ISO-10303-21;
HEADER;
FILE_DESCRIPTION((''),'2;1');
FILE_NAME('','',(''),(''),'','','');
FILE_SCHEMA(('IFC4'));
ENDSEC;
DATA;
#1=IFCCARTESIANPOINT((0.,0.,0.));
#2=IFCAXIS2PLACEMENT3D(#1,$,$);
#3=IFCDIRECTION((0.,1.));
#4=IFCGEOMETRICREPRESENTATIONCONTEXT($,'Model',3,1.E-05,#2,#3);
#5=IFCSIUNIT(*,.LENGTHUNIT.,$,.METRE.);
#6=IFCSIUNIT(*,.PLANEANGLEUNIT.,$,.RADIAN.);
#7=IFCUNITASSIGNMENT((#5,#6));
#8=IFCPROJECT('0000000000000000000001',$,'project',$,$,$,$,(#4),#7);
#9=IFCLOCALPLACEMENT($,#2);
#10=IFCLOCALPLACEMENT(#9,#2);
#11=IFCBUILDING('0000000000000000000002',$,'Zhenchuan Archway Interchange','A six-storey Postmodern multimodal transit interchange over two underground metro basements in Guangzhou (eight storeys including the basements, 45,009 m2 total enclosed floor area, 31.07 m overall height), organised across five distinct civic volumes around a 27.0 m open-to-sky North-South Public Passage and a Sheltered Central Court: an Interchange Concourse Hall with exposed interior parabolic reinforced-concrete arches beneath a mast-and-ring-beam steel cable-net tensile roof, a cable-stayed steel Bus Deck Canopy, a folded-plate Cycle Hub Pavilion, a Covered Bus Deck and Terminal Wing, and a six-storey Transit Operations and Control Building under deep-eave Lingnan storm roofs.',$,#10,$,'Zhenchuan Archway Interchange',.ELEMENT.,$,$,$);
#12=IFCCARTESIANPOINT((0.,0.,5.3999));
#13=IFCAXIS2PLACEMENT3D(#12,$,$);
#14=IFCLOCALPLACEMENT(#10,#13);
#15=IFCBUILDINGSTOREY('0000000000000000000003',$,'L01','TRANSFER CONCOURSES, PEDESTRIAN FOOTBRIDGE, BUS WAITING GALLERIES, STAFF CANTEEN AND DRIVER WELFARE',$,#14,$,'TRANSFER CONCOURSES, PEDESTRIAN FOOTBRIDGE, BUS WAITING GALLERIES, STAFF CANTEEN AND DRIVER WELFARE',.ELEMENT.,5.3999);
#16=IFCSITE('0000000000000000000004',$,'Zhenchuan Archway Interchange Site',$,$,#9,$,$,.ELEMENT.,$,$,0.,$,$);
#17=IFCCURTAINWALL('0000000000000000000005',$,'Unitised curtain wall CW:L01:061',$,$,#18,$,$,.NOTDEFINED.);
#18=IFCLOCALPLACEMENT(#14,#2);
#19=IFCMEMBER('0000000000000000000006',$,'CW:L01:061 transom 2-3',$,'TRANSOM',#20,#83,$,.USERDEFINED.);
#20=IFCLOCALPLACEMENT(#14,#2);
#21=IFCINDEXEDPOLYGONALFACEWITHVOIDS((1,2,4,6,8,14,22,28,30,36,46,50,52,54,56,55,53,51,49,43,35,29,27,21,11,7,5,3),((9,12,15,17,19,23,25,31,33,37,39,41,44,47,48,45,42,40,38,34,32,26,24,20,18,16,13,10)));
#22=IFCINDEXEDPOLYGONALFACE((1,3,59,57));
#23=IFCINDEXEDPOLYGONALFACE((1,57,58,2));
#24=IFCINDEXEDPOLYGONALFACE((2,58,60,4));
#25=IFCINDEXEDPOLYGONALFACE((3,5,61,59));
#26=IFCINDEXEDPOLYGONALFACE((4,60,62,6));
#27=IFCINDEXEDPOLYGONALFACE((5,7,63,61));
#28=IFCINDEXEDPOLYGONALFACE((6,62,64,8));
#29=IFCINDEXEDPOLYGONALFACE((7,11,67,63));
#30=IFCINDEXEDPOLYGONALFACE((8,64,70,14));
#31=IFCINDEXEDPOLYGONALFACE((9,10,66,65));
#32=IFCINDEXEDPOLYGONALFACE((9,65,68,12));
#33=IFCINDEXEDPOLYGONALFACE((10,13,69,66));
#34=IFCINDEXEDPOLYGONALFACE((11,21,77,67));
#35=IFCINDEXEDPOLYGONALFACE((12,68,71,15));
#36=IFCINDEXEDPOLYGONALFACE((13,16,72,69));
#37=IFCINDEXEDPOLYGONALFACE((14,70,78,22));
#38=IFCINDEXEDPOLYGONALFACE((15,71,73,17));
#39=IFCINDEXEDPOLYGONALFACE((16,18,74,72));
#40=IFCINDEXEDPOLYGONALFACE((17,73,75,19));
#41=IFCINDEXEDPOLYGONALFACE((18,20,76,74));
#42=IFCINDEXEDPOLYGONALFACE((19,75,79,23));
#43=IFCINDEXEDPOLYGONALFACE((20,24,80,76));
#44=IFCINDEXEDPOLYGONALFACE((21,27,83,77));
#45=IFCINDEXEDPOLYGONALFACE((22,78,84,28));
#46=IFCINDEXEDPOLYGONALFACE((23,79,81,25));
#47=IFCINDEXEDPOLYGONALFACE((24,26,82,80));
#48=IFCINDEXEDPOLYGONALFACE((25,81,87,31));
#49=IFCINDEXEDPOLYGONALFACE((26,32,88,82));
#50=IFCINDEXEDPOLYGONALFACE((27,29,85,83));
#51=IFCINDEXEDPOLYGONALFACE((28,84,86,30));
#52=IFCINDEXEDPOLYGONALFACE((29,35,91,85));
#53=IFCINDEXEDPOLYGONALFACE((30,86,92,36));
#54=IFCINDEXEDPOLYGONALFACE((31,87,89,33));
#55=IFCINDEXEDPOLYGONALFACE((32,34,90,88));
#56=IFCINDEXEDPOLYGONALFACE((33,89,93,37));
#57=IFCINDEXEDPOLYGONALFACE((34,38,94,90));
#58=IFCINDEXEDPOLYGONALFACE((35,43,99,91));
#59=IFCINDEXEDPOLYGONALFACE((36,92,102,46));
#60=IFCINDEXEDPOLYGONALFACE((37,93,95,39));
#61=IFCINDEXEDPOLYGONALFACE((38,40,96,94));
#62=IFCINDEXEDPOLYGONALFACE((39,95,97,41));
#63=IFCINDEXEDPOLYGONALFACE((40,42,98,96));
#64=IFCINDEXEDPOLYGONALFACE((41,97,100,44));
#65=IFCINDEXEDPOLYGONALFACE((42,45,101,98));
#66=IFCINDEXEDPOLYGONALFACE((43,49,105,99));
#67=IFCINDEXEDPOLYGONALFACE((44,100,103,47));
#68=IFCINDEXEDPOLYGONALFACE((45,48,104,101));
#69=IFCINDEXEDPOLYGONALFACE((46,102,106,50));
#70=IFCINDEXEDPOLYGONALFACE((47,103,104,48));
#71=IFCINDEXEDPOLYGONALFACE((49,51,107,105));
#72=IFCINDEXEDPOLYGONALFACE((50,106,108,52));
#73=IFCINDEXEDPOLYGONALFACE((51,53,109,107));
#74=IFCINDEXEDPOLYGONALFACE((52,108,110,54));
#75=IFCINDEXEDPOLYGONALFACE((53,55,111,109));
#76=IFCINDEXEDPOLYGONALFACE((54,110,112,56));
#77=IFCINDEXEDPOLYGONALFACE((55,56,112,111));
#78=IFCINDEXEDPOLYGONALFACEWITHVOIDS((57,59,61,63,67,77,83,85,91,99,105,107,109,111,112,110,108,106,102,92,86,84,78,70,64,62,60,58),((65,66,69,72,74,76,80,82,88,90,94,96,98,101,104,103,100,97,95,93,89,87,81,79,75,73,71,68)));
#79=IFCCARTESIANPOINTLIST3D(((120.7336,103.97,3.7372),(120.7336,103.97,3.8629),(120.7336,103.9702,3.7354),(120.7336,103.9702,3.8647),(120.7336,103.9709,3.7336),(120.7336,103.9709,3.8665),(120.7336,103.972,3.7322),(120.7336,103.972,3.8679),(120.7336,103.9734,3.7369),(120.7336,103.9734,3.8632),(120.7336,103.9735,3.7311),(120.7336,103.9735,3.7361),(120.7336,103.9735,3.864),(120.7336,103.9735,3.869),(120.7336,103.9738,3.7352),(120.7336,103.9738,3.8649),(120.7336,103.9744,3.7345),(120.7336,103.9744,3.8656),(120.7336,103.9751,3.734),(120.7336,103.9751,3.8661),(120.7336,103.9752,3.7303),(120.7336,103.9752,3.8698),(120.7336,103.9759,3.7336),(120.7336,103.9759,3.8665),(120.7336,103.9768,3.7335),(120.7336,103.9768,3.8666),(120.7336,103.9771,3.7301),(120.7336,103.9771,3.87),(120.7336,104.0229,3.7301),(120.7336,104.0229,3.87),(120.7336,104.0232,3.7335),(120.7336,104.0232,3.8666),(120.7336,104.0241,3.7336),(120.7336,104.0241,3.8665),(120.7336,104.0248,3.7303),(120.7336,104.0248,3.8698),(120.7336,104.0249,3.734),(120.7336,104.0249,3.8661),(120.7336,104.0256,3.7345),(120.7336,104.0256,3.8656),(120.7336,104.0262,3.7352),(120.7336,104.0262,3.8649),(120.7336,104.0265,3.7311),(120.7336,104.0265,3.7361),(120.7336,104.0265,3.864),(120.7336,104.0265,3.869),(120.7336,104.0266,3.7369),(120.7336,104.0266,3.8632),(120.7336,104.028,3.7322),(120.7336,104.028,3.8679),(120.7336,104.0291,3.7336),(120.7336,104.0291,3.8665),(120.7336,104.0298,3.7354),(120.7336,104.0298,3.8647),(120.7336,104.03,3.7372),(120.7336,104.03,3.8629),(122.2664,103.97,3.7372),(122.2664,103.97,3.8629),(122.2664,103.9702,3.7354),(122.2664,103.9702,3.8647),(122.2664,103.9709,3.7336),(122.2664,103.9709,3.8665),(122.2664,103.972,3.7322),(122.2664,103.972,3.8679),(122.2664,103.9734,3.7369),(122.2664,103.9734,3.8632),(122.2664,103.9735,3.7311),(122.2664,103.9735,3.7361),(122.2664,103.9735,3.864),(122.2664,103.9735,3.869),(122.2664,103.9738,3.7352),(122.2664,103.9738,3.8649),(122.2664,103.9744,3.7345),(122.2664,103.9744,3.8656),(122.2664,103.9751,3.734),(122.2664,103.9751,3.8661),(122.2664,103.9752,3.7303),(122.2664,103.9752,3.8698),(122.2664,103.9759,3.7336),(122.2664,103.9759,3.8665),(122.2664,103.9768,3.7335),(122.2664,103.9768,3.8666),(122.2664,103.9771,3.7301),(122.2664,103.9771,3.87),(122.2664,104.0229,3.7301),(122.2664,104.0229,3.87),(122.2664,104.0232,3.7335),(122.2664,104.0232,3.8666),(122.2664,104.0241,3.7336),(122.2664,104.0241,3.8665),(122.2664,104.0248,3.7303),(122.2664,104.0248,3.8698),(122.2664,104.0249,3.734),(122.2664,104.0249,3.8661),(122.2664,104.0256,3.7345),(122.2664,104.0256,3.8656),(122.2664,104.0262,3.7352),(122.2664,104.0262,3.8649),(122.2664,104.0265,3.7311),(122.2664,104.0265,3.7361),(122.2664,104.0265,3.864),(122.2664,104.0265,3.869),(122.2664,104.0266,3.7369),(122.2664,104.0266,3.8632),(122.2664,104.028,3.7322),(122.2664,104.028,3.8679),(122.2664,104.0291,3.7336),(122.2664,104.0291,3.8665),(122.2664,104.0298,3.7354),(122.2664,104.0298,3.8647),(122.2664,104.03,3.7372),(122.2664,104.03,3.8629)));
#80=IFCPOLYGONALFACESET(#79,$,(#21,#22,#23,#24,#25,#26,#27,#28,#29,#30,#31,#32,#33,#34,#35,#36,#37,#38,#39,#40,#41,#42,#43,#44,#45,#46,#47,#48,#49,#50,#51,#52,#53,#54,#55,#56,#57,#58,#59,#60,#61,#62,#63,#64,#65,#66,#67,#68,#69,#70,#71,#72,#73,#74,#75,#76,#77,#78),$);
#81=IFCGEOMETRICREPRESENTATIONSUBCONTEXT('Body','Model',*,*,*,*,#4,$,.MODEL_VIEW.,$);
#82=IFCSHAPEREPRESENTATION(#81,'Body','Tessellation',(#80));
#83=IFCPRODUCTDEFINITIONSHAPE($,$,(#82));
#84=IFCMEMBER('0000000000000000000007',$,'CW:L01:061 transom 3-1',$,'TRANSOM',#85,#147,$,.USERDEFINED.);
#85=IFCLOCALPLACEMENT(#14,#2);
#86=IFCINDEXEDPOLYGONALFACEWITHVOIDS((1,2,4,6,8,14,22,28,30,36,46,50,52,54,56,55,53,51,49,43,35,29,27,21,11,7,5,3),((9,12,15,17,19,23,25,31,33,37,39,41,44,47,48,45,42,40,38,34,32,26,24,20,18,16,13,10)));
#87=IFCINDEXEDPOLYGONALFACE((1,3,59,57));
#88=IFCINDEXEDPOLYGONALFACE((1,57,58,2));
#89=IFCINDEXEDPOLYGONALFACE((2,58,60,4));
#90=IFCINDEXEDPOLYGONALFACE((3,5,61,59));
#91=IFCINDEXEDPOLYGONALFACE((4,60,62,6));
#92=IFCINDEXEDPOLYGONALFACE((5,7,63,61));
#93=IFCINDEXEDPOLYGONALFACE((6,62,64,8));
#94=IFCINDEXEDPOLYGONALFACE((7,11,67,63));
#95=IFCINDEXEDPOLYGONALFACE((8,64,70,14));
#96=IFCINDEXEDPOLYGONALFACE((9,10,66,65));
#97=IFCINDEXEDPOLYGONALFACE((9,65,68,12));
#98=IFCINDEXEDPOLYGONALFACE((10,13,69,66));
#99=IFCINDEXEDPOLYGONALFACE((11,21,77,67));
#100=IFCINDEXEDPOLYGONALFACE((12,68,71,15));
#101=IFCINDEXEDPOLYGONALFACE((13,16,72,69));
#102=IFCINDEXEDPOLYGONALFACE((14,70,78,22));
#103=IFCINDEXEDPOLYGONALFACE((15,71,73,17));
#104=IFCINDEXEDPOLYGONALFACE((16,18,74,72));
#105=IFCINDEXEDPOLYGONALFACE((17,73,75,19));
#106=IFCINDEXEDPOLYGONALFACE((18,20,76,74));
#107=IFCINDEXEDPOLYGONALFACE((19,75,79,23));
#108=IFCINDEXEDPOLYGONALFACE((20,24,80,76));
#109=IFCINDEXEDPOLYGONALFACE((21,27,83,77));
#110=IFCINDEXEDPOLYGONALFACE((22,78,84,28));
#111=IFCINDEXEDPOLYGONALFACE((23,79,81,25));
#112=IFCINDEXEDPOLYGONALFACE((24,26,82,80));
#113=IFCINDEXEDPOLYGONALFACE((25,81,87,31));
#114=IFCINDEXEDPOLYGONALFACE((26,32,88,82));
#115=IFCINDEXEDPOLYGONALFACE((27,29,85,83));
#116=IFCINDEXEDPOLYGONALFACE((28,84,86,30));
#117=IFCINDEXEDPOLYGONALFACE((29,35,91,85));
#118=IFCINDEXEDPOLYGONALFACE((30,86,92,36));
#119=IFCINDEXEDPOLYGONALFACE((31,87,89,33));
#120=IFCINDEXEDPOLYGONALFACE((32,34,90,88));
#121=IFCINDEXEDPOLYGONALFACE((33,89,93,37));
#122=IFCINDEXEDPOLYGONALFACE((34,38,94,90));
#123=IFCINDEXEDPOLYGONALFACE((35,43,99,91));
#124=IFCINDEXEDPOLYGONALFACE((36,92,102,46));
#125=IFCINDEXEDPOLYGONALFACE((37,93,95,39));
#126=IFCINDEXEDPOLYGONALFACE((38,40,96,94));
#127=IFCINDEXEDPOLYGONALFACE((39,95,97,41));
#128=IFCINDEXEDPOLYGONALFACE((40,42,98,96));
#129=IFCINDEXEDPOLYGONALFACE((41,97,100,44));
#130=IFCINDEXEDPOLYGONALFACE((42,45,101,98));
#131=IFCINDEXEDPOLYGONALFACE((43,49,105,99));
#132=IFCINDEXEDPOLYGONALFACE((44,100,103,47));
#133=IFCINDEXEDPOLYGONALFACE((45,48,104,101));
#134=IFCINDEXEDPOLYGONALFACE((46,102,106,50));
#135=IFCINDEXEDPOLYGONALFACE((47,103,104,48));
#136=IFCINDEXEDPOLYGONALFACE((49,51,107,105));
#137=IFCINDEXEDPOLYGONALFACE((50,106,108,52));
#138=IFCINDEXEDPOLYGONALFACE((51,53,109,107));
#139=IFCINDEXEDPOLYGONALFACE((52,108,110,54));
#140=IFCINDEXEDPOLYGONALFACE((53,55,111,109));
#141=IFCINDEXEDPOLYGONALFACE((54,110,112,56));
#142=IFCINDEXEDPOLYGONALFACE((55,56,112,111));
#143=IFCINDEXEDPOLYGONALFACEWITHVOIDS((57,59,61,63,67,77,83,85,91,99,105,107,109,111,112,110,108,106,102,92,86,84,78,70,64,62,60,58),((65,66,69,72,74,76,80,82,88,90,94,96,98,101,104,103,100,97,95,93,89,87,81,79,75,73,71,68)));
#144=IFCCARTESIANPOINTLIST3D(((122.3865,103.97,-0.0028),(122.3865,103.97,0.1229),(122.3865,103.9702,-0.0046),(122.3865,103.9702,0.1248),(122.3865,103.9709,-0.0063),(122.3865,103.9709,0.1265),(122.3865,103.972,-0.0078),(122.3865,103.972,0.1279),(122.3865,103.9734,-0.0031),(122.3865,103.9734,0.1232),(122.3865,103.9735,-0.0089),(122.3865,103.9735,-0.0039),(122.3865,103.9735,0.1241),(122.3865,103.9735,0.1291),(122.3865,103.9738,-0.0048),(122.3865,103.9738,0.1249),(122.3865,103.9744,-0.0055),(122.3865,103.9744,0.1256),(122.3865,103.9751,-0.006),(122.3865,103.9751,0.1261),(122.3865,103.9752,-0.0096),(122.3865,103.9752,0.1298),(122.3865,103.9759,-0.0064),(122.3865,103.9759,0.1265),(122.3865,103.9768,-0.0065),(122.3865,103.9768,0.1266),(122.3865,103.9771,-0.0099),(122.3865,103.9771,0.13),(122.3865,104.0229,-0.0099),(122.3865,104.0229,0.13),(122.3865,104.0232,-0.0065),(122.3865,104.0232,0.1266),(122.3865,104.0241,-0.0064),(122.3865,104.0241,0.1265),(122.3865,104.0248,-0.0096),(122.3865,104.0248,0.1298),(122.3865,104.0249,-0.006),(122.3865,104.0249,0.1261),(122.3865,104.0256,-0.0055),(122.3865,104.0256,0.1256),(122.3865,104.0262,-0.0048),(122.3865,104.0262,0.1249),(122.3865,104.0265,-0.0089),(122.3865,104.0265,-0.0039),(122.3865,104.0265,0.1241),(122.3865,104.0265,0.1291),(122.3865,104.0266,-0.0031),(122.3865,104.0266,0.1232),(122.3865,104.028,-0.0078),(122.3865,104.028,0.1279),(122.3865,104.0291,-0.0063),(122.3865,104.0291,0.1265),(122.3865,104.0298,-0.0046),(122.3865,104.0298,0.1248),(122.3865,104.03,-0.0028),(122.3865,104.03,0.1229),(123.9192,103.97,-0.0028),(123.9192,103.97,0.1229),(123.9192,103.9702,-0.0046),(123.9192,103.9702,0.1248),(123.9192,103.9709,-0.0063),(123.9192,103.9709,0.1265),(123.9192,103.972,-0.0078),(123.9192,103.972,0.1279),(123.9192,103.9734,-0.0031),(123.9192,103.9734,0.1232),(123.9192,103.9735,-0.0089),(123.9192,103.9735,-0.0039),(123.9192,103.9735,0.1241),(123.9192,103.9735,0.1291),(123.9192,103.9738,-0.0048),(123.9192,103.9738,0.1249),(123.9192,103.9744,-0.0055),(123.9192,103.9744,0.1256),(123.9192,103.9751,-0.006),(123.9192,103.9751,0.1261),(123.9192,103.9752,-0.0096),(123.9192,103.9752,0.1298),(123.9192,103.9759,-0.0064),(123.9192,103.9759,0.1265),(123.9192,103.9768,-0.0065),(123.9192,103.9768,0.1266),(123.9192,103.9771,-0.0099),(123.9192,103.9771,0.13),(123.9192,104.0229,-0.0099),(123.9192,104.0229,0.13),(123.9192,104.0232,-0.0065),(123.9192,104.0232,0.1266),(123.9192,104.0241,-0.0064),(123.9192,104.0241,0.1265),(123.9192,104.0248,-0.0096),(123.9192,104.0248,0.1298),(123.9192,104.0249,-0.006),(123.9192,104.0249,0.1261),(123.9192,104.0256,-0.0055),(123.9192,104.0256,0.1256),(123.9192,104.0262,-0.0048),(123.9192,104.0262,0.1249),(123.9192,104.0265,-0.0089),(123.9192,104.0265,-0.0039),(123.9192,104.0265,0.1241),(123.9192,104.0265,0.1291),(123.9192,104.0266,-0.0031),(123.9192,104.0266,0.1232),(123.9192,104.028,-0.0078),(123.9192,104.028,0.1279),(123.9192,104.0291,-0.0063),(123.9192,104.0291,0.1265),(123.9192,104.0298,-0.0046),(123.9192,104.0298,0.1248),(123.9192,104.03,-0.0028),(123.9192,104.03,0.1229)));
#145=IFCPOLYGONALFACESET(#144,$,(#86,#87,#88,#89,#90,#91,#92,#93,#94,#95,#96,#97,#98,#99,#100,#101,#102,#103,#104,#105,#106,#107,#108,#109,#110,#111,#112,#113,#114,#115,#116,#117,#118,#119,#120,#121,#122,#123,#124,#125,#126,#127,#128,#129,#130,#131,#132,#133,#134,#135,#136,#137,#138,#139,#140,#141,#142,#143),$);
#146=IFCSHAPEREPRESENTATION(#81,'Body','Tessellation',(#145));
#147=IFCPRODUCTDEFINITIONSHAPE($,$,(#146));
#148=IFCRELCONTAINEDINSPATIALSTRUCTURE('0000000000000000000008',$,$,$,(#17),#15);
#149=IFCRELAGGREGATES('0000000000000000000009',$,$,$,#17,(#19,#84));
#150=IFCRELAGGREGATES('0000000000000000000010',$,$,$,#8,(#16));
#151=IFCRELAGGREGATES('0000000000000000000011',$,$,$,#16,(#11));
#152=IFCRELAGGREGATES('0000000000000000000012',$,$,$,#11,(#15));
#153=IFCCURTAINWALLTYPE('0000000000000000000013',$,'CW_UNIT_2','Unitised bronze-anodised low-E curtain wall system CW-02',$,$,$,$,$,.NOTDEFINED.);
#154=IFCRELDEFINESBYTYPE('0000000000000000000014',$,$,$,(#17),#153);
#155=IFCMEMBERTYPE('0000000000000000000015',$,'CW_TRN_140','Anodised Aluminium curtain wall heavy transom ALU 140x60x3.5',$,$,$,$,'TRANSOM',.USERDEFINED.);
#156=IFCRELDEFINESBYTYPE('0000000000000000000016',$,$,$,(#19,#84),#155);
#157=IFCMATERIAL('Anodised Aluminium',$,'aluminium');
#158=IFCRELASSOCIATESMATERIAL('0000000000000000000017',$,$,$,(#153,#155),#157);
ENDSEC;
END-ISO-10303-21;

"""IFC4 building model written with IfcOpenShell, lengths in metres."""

from ifc_helpers import new_model, si_unit, direction, frame, origin, origin_2d, place, context, subcontext, project, spatial, hollow_rectangle, extrude, material, material_profile, profile_set, type_object, element, aggregate, save


model = new_model("IFC4")

# Units and contexts
model_context = context("Model", 3, precision=1e-05, world=origin(), true_north=direction((0.0, 1.0)))
body_context = subcontext(model_context, "Body", "Model", "MODEL_VIEW")
ifc_project = project(units=[si_unit("LENGTHUNIT", "METRE"), si_unit("PLANEANGLEUNIT", "RADIAN")], contexts=[model_context])

# Site, building, storey
site_placement = place(None, origin())
site = spatial("IfcSite", under=ifc_project, at=site_placement, Name="Zhenchuan Archway Interchange Site", CompositionType="ELEMENT", RefElevation=0.0)
building_placement = place(site_placement, origin())
building = spatial("IfcBuilding", under=site, at=building_placement, Name="Zhenchuan Archway Interchange", Description="A six-storey Postmodern multimodal transit interchange over two underground metro basements in Guangzhou (eight storeys including the basements, 45,009 m2 total enclosed floor area, 31.07 m overall height), organised across five distinct civic volumes around a 27.0 m open-to-sky North-South Public Passage and a Sheltered Central Court: an Interchange Concourse Hall with exposed interior parabolic reinforced-concrete arches beneath a mast-and-ring-beam steel cable-net tensile roof, a cable-stayed steel Bus Deck Canopy, a folded-plate Cycle Hub Pavilion, a Covered Bus Deck and Terminal Wing, and a six-storey Transit Operations and Control Building under deep-eave Lingnan storm roofs.", LongName="Zhenchuan Archway Interchange", CompositionType="ELEMENT")
storey_placement = place(building_placement, frame((0.0, 0.0, 5.3999)))
storey = spatial("IfcBuildingStorey", under=building, at=storey_placement, Name="L01", Description="TRANSFER CONCOURSES, PEDESTRIAN FOOTBRIDGE, BUS WAITING GALLERIES, STAFF CANTEEN AND DRIVER WELFARE", LongName="TRANSFER CONCOURSES, PEDESTRIAN FOOTBRIDGE, BUS WAITING GALLERIES, STAFF CANTEEN AND DRIVER WELFARE", CompositionType="ELEMENT", Elevation=5.3999)

# Curtain wall, members
ifc_material_1 = material(Name="Anodised Aluminium", Category="aluminium")
curtain_wall_type = type_object("IfcCurtainWallType", Name="CW_UNIT_2", Description="Unitised bronze-anodised low-E curtain wall system CW-02", PredefinedType="NOTDEFINED", material=ifc_material_1)
curtain_wall_placement = place(storey_placement, origin())
curtain_wall = element("IfcCurtainWall", 1, at=curtain_wall_placement, inside=storey, type_object=curtain_wall_type, Name="Unitised curtain wall CW:L01:061", PredefinedType="NOTDEFINED")
ifc_material_profile_1 = material_profile(ifc_material_1, hollow_rectangle(XDim=0.0601, YDim=0.1399, WallThickness=0.0034, InnerFilletRadius=0.0034, OuterFilletRadius=0.0071, at=origin_2d()), Name="ALU 140x60x3.5")
ifc_profile_set_1 = profile_set([ifc_material_profile_1], Name="Anodised Aluminium")
member_type_1 = type_object("IfcMemberType", Name="CW_TRN_140", Description="Anodised Aluminium curtain wall heavy transom ALU 140x60x3.5", ElementType="TRANSOM", PredefinedType="USERDEFINED", material=ifc_profile_set_1)
member_1_placement = place(storey_placement, frame((120.7336, 104.0, 3.8), z_axis=(1.0, 0.0, 0.0), x_axis=(0.0, 1.0, 0.0)))
member_1 = element("IfcMember", 2, at=member_1_placement, type_object=member_type_1, Name="CW:L01:061 transom 2-3", ObjectType="TRANSOM", PredefinedType="USERDEFINED", context=body_context, shape_type="SweptSolid", body=[
    extrude(hollow_rectangle(XDim=0.0601, YDim=0.1399, WallThickness=0.0034, InnerFilletRadius=0.0034, OuterFilletRadius=0.0071, at=origin_2d()), origin(), (0.0, 0.0, 1.0), 1.5327),
])
member_2_placement = place(storey_placement, frame((122.3865, 104.0, 0.0601), z_axis=(1.0, 0.0, 0.0), x_axis=(0.0, 1.0, 0.0)))
member_2 = element("IfcMember", 3, at=member_2_placement, type_object=member_type_1, Name="CW:L01:061 transom 3-1", ObjectType="TRANSOM", PredefinedType="USERDEFINED", context=body_context, shape_type="SweptSolid", body=[
    extrude(hollow_rectangle(XDim=0.0601, YDim=0.1399, WallThickness=0.0034, InnerFilletRadius=0.0034, OuterFilletRadius=0.0071, at=origin_2d()), origin(), (0.0, 0.0, 1.0), 1.5327),
])

aggregate(curtain_wall, [member_1, member_2])

save(model, "model.ifc")
